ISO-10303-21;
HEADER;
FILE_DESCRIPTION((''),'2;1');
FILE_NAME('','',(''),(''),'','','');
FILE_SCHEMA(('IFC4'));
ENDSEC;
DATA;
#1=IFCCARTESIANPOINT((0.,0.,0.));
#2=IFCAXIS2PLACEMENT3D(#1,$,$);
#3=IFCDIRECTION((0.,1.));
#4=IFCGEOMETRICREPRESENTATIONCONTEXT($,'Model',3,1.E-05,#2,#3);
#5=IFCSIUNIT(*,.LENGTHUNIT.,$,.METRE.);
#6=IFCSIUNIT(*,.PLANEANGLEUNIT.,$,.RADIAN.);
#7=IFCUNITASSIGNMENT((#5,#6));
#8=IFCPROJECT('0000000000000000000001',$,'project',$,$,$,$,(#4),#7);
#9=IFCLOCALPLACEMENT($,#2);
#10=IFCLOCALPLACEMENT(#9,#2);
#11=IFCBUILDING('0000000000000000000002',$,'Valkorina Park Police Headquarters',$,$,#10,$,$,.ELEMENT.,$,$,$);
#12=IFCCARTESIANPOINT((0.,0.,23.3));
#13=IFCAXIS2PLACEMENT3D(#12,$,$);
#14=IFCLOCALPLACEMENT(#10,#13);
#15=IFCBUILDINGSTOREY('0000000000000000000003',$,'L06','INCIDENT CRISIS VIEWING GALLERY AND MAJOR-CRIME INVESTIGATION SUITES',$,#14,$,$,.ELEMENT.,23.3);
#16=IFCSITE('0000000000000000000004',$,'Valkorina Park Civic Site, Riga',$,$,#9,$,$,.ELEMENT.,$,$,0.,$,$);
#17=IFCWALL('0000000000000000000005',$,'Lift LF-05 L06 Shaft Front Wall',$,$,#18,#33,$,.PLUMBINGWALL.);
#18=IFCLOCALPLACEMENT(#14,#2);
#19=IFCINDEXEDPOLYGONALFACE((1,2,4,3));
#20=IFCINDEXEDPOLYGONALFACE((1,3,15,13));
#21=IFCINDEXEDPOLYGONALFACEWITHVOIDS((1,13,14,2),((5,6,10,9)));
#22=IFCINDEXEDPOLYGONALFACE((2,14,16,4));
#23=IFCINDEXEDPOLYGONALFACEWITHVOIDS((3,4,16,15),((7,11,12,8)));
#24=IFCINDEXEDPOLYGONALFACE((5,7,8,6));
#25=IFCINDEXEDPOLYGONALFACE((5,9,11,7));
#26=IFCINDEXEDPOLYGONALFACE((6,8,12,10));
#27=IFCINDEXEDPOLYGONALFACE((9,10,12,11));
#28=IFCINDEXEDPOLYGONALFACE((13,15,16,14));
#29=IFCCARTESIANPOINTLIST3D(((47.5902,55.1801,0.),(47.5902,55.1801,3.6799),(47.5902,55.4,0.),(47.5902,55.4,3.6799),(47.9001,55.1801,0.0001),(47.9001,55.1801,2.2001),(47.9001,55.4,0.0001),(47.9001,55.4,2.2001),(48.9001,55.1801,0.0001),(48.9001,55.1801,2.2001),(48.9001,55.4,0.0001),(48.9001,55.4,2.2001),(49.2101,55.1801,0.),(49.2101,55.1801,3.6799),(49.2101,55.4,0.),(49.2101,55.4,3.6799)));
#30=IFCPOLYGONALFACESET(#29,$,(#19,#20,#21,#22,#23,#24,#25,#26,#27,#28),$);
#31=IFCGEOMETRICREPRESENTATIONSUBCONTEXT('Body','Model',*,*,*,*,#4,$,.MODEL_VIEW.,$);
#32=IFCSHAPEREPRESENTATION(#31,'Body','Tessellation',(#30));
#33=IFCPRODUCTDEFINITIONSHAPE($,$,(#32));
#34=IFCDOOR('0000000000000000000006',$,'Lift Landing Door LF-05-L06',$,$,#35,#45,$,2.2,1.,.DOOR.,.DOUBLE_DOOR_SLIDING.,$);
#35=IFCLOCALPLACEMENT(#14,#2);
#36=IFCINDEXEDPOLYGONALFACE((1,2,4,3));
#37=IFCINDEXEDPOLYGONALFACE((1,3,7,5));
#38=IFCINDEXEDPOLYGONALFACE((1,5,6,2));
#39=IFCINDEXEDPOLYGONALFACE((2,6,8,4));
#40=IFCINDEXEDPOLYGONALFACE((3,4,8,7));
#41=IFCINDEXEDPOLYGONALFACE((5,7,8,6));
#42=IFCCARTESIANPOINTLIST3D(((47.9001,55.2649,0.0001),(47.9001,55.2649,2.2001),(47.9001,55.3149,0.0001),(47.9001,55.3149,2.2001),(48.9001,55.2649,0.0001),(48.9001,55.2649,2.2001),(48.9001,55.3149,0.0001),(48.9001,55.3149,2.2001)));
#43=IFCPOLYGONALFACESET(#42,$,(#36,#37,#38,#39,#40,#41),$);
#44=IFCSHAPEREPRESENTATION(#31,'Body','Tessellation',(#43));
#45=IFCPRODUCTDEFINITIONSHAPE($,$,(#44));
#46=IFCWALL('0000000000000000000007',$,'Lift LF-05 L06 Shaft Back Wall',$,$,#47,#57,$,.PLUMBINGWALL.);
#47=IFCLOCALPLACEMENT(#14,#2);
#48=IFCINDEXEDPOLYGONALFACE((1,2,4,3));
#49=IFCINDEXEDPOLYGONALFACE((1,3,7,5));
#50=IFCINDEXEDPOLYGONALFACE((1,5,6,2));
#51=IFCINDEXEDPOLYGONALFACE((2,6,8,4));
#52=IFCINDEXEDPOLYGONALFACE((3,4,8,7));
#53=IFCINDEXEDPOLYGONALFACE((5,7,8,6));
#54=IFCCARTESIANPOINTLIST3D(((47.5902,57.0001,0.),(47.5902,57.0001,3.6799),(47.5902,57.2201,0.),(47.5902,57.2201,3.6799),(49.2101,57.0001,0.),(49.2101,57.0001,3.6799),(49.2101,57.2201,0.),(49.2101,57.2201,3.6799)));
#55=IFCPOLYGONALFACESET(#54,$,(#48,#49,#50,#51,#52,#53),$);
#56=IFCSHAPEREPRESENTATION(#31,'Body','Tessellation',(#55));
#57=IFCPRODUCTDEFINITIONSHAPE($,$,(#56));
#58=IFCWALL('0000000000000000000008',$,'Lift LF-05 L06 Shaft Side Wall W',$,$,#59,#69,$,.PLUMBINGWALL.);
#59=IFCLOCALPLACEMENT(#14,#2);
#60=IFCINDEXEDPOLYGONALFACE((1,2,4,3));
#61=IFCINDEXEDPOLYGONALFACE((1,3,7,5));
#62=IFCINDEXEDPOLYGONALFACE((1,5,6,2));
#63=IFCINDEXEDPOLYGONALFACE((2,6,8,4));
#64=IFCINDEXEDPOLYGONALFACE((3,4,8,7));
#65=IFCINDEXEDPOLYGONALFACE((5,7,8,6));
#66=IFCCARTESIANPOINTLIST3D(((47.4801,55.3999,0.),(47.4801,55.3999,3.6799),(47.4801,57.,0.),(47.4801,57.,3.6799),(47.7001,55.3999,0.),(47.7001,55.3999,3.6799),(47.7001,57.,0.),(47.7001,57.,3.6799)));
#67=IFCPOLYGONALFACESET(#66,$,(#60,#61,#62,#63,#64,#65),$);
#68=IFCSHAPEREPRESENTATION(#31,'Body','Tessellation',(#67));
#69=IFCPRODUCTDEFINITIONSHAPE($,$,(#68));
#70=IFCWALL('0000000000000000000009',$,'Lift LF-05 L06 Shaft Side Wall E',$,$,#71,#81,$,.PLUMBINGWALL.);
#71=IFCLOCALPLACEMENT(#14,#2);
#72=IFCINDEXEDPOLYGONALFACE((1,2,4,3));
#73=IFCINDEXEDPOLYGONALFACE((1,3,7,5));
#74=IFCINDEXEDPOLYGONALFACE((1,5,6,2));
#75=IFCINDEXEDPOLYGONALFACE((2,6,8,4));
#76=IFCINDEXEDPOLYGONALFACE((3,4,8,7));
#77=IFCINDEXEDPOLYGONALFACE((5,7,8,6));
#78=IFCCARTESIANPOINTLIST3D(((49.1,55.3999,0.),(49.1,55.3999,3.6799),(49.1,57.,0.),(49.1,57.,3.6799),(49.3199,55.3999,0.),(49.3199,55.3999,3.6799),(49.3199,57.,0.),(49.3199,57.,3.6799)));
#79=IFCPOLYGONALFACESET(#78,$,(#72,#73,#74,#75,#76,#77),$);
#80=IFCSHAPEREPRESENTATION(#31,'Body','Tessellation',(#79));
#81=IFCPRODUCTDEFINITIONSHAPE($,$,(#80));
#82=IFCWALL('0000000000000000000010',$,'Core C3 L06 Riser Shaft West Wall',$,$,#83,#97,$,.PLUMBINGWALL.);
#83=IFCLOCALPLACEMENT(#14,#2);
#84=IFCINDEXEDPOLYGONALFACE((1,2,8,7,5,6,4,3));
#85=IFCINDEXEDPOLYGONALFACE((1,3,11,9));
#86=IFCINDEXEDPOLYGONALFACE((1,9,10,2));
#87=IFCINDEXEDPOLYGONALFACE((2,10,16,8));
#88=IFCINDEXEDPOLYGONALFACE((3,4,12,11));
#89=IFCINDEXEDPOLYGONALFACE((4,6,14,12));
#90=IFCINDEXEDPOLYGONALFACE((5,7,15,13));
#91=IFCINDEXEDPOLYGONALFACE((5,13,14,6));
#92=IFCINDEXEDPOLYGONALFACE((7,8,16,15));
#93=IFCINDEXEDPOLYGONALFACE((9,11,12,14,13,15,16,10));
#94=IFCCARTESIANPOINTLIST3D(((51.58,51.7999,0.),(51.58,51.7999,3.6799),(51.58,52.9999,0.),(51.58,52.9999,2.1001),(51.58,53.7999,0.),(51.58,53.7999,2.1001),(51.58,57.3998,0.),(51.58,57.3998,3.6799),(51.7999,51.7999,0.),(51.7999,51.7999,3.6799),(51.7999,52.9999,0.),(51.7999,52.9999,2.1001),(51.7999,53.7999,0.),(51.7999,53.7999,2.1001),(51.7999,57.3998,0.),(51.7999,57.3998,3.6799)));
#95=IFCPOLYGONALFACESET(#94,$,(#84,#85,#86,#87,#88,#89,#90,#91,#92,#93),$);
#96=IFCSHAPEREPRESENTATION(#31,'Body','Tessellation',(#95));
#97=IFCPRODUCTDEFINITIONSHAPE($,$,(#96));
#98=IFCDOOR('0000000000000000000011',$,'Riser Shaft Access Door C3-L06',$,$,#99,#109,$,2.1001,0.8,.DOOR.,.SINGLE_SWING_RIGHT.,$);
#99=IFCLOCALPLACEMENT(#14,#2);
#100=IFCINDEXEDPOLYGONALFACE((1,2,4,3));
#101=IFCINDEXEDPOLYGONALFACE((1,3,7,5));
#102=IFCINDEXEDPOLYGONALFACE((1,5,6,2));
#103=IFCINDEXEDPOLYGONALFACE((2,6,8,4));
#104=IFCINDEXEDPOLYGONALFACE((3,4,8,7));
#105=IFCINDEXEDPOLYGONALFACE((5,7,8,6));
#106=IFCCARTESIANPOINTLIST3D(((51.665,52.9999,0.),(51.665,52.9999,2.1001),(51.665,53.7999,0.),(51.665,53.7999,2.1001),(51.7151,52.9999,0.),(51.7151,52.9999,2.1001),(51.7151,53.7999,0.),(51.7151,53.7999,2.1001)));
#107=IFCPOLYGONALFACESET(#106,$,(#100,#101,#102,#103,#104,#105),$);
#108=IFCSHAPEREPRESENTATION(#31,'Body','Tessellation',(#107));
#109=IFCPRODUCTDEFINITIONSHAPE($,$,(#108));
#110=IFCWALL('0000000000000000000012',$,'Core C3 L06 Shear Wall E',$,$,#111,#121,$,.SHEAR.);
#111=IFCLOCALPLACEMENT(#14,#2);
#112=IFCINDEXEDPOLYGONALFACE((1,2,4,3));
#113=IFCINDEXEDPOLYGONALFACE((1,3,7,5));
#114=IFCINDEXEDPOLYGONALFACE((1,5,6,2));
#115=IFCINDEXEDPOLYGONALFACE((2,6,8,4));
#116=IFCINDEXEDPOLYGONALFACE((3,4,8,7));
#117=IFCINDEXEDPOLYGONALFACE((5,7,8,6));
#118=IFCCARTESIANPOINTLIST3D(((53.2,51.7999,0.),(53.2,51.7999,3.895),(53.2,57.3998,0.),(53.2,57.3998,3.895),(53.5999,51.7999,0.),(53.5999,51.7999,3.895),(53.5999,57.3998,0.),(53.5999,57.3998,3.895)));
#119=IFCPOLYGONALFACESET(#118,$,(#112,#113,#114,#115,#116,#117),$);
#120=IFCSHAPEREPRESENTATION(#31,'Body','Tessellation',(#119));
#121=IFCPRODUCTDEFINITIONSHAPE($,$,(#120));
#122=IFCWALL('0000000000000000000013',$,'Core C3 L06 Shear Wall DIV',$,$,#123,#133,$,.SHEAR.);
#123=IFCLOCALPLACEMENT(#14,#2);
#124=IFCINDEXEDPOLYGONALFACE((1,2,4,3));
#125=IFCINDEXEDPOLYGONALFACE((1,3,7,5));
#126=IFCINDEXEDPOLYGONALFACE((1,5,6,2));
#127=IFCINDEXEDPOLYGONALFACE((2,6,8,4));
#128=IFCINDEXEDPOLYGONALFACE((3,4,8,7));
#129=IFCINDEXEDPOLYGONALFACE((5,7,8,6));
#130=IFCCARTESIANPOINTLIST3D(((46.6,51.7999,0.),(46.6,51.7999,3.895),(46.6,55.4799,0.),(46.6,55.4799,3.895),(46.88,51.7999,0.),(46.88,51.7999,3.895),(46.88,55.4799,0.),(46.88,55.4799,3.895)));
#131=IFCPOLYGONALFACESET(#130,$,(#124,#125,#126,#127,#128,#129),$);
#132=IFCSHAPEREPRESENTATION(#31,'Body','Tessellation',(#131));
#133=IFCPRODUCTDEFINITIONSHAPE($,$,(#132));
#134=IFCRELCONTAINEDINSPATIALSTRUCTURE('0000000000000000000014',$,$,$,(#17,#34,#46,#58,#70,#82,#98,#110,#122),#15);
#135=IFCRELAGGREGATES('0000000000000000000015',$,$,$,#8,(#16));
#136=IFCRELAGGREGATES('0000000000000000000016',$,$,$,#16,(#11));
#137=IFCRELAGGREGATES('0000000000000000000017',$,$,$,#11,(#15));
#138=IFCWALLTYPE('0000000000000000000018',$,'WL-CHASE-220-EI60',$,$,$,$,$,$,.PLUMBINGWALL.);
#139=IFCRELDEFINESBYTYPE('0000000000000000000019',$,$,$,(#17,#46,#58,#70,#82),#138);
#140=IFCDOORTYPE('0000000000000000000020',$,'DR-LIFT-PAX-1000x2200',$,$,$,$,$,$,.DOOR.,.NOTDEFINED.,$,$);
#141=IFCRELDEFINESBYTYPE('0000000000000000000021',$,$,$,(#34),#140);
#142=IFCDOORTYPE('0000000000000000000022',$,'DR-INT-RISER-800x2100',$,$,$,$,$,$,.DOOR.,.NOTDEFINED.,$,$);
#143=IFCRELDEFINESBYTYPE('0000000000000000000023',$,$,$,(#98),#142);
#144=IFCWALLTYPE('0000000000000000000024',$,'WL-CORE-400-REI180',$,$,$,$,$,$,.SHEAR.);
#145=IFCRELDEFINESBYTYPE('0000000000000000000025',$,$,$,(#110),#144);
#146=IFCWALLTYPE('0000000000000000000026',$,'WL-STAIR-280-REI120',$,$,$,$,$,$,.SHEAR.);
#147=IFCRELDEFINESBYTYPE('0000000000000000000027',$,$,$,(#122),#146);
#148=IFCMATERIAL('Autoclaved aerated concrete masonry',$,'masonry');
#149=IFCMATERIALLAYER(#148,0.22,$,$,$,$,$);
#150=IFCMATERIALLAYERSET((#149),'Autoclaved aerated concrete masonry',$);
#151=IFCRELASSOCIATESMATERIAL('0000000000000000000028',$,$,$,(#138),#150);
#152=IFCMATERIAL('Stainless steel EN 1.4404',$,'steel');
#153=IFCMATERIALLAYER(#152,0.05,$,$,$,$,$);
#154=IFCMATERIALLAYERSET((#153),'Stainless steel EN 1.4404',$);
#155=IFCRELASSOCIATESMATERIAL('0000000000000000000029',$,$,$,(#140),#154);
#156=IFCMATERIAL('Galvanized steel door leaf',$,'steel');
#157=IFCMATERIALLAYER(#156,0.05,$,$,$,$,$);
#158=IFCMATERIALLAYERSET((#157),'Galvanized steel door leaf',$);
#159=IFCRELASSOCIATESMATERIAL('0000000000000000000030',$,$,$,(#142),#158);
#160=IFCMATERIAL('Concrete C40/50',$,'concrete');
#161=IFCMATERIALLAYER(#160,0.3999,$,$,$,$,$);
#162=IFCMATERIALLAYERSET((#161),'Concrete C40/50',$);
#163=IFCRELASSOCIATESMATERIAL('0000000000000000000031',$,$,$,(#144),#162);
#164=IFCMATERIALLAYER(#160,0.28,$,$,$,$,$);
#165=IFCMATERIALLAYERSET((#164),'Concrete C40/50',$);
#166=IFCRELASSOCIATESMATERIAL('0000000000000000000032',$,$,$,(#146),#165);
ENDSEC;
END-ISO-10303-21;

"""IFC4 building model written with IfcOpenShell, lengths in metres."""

from ifc_helpers import new_model, si_unit, direction, frame, frame_2d, origin, place, context, subcontext, project, spatial, rectangle, extrude, material, layer, layer_set, type_object, element, fill, save


model = new_model("IFC4")

# Units and contexts
model_context = context("Model", 3, precision=1e-05, world=origin(), true_north=direction((0.0, 1.0)))
body_context = subcontext(model_context, "Body", "Model", "MODEL_VIEW")
ifc_project = project(units=[si_unit("LENGTHUNIT", "METRE"), si_unit("PLANEANGLEUNIT", "RADIAN")], contexts=[model_context])

# Site, building, storey
site_placement = place(None, origin())
site = spatial("IfcSite", under=ifc_project, at=site_placement, Name="Valkorina Park Civic Site, Riga", CompositionType="ELEMENT", RefElevation=0.0)
building_placement = place(site_placement, origin())
building = spatial("IfcBuilding", under=site, at=building_placement, Name="Valkorina Park Police Headquarters", CompositionType="ELEMENT")
storey_placement = place(building_placement, frame((0.0, 0.0, 23.3)))
storey = spatial("IfcBuildingStorey", under=building, at=storey_placement, Name="L06", Description="INCIDENT CRISIS VIEWING GALLERY AND MAJOR-CRIME INVESTIGATION SUITES", CompositionType="ELEMENT", Elevation=23.3)

# Wall, opening, door
ifc_material_1 = material(Name="Autoclaved aerated concrete masonry", Category="masonry")
ifc_layer_1 = layer(ifc_material_1, 0.22)
ifc_layer_set_1 = layer_set([ifc_layer_1], Name="Autoclaved aerated concrete masonry")
wall_type_1 = type_object("IfcWallType", Name="WL-CHASE-220-EI60", PredefinedType="PLUMBINGWALL", material=ifc_layer_set_1)
wall_1_placement = place(storey_placement, frame((47.5901, 55.29, 0.0), z_axis=(0.0, 0.0, 1.0), x_axis=(1.0, 0.0, 0.0)))
wall_1 = element("IfcWall", 1, at=wall_1_placement, inside=storey, type_object=wall_type_1, Name="Lift LF-05 L06 Shaft Front Wall", PredefinedType="PLUMBINGWALL", context=body_context, shape_type="SweptSolid", body=[
    extrude(rectangle(XDim=1.6199, YDim=0.22, at=frame_2d((0.8101, 0.0))), origin(), (0.0, 0.0, 1.0), 3.6799),
])
opening_1_placement = place(wall_1_placement, frame((0.3101, 0.0, 0.0)))
opening_1 = element("IfcOpeningElement", 2, at=opening_1_placement, cuts=wall_1, PredefinedType="OPENING", context=body_context, shape_type="SweptSolid", body=[
    extrude(rectangle(XDim=1.0, YDim=2.2, at=frame_2d((0.5, 1.1001))), frame((0.0, 0.1201, 0.0), z_axis=(0.0, -1.0, 0.0), x_axis=(1.0, 0.0, 0.0)), (0.0, 0.0, 1.0), 0.24),
])
ifc_material_2 = material(Name="Stainless steel EN 1.4404", Category="steel")
ifc_layer_2 = layer(ifc_material_2, 0.05)
ifc_layer_set_2 = layer_set([ifc_layer_2], Name="Stainless steel EN 1.4404")
door_type_1 = type_object("IfcDoorType", Name="DR-LIFT-PAX-1000x2200", OperationType="NOTDEFINED", PredefinedType="DOOR", material=ifc_layer_set_2)
door_1_placement = place(opening_1_placement, origin())
door_1 = element("IfcDoor", 3, at=door_1_placement, inside=storey, type_object=door_type_1, Name="Lift Landing Door LF-05-L06", OperationType="DOUBLE_DOOR_SLIDING", OverallHeight=2.2, OverallWidth=1.0, PredefinedType="DOOR", context=body_context, shape_type="SweptSolid", body=[
    extrude(rectangle(XDim=1.0, YDim=2.2, at=frame_2d((0.5, 1.1001))), frame((0.0, 0.0249, 0.0), z_axis=(0.0, -1.0, 0.0), x_axis=(1.0, 0.0, 0.0)), (0.0, 0.0, 1.0), 0.05),
])
fill(opening_1, door_1)

# Walls
wall_2_placement = place(storey_placement, frame((47.5901, 57.1101, 0.0), z_axis=(0.0, 0.0, 1.0), x_axis=(1.0, 0.0, 0.0)))
element("IfcWall", 4, at=wall_2_placement, inside=storey, type_object=wall_type_1, Name="Lift LF-05 L06 Shaft Back Wall", PredefinedType="PLUMBINGWALL", context=body_context, shape_type="SweptSolid", body=[
    extrude(rectangle(XDim=1.6199, YDim=0.22, at=frame_2d((0.8101, 0.0))), origin(), (0.0, 0.0, 1.0), 3.6799),
])
for number, where, z_axis, x_axis, name in (
    (5, (47.5901, 55.3999, 0.0), (0.0, 0.0, 1.0), (0.0, 1.0, 0.0), "Lift LF-05 L06 Shaft Side Wall W"),
    (6, (49.21, 55.3999, 0.0), (0.0, 0.0, 1.0), (0.0, 1.0, 0.0), "Lift LF-05 L06 Shaft Side Wall E"),
):
    element("IfcWall", number, at=place(storey_placement, frame(where, z_axis=z_axis, x_axis=x_axis)), inside=storey, type_object=wall_type_1, Name=name, PredefinedType="PLUMBINGWALL", context=body_context, shape_type="SweptSolid", body=[
        extrude(rectangle(XDim=1.6001, YDim=0.22, at=frame_2d((0.8, 0.0))), origin(), (0.0, 0.0, 1.0), 3.6799),
    ])

# Wall, opening, door
wall_3_placement = place(storey_placement, frame((51.6899, 51.8, 0.0), z_axis=(0.0, 0.0, 1.0), x_axis=(0.0, 1.0, 0.0)))
wall_3 = element("IfcWall", 7, at=wall_3_placement, inside=storey, type_object=wall_type_1, Name="Core C3 L06 Riser Shaft West Wall", PredefinedType="PLUMBINGWALL", context=body_context, shape_type="SweptSolid", body=[
    extrude(rectangle(XDim=5.5999, YDim=0.22, at=frame_2d((2.7998, 0.0))), origin(), (0.0, 0.0, 1.0), 3.6799),
])
opening_2_placement = place(wall_3_placement, frame((1.2, 0.0, 0.0)))
opening_2 = element("IfcOpeningElement", 8, at=opening_2_placement, cuts=wall_3, PredefinedType="OPENING", context=body_context, shape_type="SweptSolid", body=[
    extrude(rectangle(XDim=0.8, YDim=2.1001, at=frame_2d((0.3999, 1.05))), frame((0.0, 0.1201, 0.0), z_axis=(0.0, -1.0, 0.0), x_axis=(1.0, 0.0, 0.0)), (0.0, 0.0, 1.0), 0.24),
])
ifc_material_3 = material(Name="Galvanized steel door leaf", Category="steel")
ifc_layer_3 = layer(ifc_material_3, 0.05)
ifc_layer_set_3 = layer_set([ifc_layer_3], Name="Galvanized steel door leaf")
door_type_2 = type_object("IfcDoorType", Name="DR-INT-RISER-800x2100", OperationType="NOTDEFINED", PredefinedType="DOOR", material=ifc_layer_set_3)
door_2_placement = place(opening_2_placement, origin())
door_2 = element("IfcDoor", 9, at=door_2_placement, inside=storey, type_object=door_type_2, Name="Riser Shaft Access Door C3-L06", OperationType="SINGLE_SWING_RIGHT", OverallHeight=2.1001, OverallWidth=0.8, PredefinedType="DOOR", context=body_context, shape_type="SweptSolid", body=[
    extrude(rectangle(XDim=0.8, YDim=2.1001, at=frame_2d((0.3999, 1.05))), frame((0.0, 0.0249, 0.0), z_axis=(0.0, -1.0, 0.0), x_axis=(1.0, 0.0, 0.0)), (0.0, 0.0, 1.0), 0.05),
])
fill(opening_2, door_2)

# Walls
ifc_material_4 = material(Name="Concrete C40/50", Category="concrete")
ifc_layer_4 = layer(ifc_material_4, 0.3999)
ifc_layer_set_4 = layer_set([ifc_layer_4], Name="Concrete C40/50")
wall_type_2 = type_object("IfcWallType", Name="WL-CORE-400-REI180", PredefinedType="SHEAR", material=ifc_layer_set_4)
wall_4_placement = place(storey_placement, frame((53.3999, 51.8, 0.0), z_axis=(0.0, 0.0, 1.0), x_axis=(0.0, 1.0, 0.0)))
element("IfcWall", 10, at=wall_4_placement, inside=storey, type_object=wall_type_2, Name="Core C3 L06 Shear Wall E", PredefinedType="SHEAR", context=body_context, shape_type="SweptSolid", body=[
    extrude(rectangle(XDim=5.5999, YDim=0.3999, at=frame_2d((2.7998, 0.0))), origin(), (0.0, 0.0, 1.0), 3.895),
])
ifc_layer_5 = layer(ifc_material_4, 0.28)
ifc_layer_set_5 = layer_set([ifc_layer_5], Name="Concrete C40/50")
wall_type_3 = type_object("IfcWallType", Name="WL-STAIR-280-REI120", PredefinedType="SHEAR", material=ifc_layer_set_5)
wall_5_placement = place(storey_placement, frame((46.74, 51.8, 0.0), z_axis=(0.0, 0.0, 1.0), x_axis=(0.0, 1.0, 0.0)))
element("IfcWall", 11, at=wall_5_placement, inside=storey, type_object=wall_type_3, Name="Core C3 L06 Shear Wall DIV", PredefinedType="SHEAR", context=body_context, shape_type="SweptSolid", body=[
    extrude(rectangle(XDim=3.6799, YDim=0.28, at=frame_2d((1.8398, 0.0))), origin(), (0.0, 0.0, 1.0), 3.895),
])

save(model, "model.ifc")
